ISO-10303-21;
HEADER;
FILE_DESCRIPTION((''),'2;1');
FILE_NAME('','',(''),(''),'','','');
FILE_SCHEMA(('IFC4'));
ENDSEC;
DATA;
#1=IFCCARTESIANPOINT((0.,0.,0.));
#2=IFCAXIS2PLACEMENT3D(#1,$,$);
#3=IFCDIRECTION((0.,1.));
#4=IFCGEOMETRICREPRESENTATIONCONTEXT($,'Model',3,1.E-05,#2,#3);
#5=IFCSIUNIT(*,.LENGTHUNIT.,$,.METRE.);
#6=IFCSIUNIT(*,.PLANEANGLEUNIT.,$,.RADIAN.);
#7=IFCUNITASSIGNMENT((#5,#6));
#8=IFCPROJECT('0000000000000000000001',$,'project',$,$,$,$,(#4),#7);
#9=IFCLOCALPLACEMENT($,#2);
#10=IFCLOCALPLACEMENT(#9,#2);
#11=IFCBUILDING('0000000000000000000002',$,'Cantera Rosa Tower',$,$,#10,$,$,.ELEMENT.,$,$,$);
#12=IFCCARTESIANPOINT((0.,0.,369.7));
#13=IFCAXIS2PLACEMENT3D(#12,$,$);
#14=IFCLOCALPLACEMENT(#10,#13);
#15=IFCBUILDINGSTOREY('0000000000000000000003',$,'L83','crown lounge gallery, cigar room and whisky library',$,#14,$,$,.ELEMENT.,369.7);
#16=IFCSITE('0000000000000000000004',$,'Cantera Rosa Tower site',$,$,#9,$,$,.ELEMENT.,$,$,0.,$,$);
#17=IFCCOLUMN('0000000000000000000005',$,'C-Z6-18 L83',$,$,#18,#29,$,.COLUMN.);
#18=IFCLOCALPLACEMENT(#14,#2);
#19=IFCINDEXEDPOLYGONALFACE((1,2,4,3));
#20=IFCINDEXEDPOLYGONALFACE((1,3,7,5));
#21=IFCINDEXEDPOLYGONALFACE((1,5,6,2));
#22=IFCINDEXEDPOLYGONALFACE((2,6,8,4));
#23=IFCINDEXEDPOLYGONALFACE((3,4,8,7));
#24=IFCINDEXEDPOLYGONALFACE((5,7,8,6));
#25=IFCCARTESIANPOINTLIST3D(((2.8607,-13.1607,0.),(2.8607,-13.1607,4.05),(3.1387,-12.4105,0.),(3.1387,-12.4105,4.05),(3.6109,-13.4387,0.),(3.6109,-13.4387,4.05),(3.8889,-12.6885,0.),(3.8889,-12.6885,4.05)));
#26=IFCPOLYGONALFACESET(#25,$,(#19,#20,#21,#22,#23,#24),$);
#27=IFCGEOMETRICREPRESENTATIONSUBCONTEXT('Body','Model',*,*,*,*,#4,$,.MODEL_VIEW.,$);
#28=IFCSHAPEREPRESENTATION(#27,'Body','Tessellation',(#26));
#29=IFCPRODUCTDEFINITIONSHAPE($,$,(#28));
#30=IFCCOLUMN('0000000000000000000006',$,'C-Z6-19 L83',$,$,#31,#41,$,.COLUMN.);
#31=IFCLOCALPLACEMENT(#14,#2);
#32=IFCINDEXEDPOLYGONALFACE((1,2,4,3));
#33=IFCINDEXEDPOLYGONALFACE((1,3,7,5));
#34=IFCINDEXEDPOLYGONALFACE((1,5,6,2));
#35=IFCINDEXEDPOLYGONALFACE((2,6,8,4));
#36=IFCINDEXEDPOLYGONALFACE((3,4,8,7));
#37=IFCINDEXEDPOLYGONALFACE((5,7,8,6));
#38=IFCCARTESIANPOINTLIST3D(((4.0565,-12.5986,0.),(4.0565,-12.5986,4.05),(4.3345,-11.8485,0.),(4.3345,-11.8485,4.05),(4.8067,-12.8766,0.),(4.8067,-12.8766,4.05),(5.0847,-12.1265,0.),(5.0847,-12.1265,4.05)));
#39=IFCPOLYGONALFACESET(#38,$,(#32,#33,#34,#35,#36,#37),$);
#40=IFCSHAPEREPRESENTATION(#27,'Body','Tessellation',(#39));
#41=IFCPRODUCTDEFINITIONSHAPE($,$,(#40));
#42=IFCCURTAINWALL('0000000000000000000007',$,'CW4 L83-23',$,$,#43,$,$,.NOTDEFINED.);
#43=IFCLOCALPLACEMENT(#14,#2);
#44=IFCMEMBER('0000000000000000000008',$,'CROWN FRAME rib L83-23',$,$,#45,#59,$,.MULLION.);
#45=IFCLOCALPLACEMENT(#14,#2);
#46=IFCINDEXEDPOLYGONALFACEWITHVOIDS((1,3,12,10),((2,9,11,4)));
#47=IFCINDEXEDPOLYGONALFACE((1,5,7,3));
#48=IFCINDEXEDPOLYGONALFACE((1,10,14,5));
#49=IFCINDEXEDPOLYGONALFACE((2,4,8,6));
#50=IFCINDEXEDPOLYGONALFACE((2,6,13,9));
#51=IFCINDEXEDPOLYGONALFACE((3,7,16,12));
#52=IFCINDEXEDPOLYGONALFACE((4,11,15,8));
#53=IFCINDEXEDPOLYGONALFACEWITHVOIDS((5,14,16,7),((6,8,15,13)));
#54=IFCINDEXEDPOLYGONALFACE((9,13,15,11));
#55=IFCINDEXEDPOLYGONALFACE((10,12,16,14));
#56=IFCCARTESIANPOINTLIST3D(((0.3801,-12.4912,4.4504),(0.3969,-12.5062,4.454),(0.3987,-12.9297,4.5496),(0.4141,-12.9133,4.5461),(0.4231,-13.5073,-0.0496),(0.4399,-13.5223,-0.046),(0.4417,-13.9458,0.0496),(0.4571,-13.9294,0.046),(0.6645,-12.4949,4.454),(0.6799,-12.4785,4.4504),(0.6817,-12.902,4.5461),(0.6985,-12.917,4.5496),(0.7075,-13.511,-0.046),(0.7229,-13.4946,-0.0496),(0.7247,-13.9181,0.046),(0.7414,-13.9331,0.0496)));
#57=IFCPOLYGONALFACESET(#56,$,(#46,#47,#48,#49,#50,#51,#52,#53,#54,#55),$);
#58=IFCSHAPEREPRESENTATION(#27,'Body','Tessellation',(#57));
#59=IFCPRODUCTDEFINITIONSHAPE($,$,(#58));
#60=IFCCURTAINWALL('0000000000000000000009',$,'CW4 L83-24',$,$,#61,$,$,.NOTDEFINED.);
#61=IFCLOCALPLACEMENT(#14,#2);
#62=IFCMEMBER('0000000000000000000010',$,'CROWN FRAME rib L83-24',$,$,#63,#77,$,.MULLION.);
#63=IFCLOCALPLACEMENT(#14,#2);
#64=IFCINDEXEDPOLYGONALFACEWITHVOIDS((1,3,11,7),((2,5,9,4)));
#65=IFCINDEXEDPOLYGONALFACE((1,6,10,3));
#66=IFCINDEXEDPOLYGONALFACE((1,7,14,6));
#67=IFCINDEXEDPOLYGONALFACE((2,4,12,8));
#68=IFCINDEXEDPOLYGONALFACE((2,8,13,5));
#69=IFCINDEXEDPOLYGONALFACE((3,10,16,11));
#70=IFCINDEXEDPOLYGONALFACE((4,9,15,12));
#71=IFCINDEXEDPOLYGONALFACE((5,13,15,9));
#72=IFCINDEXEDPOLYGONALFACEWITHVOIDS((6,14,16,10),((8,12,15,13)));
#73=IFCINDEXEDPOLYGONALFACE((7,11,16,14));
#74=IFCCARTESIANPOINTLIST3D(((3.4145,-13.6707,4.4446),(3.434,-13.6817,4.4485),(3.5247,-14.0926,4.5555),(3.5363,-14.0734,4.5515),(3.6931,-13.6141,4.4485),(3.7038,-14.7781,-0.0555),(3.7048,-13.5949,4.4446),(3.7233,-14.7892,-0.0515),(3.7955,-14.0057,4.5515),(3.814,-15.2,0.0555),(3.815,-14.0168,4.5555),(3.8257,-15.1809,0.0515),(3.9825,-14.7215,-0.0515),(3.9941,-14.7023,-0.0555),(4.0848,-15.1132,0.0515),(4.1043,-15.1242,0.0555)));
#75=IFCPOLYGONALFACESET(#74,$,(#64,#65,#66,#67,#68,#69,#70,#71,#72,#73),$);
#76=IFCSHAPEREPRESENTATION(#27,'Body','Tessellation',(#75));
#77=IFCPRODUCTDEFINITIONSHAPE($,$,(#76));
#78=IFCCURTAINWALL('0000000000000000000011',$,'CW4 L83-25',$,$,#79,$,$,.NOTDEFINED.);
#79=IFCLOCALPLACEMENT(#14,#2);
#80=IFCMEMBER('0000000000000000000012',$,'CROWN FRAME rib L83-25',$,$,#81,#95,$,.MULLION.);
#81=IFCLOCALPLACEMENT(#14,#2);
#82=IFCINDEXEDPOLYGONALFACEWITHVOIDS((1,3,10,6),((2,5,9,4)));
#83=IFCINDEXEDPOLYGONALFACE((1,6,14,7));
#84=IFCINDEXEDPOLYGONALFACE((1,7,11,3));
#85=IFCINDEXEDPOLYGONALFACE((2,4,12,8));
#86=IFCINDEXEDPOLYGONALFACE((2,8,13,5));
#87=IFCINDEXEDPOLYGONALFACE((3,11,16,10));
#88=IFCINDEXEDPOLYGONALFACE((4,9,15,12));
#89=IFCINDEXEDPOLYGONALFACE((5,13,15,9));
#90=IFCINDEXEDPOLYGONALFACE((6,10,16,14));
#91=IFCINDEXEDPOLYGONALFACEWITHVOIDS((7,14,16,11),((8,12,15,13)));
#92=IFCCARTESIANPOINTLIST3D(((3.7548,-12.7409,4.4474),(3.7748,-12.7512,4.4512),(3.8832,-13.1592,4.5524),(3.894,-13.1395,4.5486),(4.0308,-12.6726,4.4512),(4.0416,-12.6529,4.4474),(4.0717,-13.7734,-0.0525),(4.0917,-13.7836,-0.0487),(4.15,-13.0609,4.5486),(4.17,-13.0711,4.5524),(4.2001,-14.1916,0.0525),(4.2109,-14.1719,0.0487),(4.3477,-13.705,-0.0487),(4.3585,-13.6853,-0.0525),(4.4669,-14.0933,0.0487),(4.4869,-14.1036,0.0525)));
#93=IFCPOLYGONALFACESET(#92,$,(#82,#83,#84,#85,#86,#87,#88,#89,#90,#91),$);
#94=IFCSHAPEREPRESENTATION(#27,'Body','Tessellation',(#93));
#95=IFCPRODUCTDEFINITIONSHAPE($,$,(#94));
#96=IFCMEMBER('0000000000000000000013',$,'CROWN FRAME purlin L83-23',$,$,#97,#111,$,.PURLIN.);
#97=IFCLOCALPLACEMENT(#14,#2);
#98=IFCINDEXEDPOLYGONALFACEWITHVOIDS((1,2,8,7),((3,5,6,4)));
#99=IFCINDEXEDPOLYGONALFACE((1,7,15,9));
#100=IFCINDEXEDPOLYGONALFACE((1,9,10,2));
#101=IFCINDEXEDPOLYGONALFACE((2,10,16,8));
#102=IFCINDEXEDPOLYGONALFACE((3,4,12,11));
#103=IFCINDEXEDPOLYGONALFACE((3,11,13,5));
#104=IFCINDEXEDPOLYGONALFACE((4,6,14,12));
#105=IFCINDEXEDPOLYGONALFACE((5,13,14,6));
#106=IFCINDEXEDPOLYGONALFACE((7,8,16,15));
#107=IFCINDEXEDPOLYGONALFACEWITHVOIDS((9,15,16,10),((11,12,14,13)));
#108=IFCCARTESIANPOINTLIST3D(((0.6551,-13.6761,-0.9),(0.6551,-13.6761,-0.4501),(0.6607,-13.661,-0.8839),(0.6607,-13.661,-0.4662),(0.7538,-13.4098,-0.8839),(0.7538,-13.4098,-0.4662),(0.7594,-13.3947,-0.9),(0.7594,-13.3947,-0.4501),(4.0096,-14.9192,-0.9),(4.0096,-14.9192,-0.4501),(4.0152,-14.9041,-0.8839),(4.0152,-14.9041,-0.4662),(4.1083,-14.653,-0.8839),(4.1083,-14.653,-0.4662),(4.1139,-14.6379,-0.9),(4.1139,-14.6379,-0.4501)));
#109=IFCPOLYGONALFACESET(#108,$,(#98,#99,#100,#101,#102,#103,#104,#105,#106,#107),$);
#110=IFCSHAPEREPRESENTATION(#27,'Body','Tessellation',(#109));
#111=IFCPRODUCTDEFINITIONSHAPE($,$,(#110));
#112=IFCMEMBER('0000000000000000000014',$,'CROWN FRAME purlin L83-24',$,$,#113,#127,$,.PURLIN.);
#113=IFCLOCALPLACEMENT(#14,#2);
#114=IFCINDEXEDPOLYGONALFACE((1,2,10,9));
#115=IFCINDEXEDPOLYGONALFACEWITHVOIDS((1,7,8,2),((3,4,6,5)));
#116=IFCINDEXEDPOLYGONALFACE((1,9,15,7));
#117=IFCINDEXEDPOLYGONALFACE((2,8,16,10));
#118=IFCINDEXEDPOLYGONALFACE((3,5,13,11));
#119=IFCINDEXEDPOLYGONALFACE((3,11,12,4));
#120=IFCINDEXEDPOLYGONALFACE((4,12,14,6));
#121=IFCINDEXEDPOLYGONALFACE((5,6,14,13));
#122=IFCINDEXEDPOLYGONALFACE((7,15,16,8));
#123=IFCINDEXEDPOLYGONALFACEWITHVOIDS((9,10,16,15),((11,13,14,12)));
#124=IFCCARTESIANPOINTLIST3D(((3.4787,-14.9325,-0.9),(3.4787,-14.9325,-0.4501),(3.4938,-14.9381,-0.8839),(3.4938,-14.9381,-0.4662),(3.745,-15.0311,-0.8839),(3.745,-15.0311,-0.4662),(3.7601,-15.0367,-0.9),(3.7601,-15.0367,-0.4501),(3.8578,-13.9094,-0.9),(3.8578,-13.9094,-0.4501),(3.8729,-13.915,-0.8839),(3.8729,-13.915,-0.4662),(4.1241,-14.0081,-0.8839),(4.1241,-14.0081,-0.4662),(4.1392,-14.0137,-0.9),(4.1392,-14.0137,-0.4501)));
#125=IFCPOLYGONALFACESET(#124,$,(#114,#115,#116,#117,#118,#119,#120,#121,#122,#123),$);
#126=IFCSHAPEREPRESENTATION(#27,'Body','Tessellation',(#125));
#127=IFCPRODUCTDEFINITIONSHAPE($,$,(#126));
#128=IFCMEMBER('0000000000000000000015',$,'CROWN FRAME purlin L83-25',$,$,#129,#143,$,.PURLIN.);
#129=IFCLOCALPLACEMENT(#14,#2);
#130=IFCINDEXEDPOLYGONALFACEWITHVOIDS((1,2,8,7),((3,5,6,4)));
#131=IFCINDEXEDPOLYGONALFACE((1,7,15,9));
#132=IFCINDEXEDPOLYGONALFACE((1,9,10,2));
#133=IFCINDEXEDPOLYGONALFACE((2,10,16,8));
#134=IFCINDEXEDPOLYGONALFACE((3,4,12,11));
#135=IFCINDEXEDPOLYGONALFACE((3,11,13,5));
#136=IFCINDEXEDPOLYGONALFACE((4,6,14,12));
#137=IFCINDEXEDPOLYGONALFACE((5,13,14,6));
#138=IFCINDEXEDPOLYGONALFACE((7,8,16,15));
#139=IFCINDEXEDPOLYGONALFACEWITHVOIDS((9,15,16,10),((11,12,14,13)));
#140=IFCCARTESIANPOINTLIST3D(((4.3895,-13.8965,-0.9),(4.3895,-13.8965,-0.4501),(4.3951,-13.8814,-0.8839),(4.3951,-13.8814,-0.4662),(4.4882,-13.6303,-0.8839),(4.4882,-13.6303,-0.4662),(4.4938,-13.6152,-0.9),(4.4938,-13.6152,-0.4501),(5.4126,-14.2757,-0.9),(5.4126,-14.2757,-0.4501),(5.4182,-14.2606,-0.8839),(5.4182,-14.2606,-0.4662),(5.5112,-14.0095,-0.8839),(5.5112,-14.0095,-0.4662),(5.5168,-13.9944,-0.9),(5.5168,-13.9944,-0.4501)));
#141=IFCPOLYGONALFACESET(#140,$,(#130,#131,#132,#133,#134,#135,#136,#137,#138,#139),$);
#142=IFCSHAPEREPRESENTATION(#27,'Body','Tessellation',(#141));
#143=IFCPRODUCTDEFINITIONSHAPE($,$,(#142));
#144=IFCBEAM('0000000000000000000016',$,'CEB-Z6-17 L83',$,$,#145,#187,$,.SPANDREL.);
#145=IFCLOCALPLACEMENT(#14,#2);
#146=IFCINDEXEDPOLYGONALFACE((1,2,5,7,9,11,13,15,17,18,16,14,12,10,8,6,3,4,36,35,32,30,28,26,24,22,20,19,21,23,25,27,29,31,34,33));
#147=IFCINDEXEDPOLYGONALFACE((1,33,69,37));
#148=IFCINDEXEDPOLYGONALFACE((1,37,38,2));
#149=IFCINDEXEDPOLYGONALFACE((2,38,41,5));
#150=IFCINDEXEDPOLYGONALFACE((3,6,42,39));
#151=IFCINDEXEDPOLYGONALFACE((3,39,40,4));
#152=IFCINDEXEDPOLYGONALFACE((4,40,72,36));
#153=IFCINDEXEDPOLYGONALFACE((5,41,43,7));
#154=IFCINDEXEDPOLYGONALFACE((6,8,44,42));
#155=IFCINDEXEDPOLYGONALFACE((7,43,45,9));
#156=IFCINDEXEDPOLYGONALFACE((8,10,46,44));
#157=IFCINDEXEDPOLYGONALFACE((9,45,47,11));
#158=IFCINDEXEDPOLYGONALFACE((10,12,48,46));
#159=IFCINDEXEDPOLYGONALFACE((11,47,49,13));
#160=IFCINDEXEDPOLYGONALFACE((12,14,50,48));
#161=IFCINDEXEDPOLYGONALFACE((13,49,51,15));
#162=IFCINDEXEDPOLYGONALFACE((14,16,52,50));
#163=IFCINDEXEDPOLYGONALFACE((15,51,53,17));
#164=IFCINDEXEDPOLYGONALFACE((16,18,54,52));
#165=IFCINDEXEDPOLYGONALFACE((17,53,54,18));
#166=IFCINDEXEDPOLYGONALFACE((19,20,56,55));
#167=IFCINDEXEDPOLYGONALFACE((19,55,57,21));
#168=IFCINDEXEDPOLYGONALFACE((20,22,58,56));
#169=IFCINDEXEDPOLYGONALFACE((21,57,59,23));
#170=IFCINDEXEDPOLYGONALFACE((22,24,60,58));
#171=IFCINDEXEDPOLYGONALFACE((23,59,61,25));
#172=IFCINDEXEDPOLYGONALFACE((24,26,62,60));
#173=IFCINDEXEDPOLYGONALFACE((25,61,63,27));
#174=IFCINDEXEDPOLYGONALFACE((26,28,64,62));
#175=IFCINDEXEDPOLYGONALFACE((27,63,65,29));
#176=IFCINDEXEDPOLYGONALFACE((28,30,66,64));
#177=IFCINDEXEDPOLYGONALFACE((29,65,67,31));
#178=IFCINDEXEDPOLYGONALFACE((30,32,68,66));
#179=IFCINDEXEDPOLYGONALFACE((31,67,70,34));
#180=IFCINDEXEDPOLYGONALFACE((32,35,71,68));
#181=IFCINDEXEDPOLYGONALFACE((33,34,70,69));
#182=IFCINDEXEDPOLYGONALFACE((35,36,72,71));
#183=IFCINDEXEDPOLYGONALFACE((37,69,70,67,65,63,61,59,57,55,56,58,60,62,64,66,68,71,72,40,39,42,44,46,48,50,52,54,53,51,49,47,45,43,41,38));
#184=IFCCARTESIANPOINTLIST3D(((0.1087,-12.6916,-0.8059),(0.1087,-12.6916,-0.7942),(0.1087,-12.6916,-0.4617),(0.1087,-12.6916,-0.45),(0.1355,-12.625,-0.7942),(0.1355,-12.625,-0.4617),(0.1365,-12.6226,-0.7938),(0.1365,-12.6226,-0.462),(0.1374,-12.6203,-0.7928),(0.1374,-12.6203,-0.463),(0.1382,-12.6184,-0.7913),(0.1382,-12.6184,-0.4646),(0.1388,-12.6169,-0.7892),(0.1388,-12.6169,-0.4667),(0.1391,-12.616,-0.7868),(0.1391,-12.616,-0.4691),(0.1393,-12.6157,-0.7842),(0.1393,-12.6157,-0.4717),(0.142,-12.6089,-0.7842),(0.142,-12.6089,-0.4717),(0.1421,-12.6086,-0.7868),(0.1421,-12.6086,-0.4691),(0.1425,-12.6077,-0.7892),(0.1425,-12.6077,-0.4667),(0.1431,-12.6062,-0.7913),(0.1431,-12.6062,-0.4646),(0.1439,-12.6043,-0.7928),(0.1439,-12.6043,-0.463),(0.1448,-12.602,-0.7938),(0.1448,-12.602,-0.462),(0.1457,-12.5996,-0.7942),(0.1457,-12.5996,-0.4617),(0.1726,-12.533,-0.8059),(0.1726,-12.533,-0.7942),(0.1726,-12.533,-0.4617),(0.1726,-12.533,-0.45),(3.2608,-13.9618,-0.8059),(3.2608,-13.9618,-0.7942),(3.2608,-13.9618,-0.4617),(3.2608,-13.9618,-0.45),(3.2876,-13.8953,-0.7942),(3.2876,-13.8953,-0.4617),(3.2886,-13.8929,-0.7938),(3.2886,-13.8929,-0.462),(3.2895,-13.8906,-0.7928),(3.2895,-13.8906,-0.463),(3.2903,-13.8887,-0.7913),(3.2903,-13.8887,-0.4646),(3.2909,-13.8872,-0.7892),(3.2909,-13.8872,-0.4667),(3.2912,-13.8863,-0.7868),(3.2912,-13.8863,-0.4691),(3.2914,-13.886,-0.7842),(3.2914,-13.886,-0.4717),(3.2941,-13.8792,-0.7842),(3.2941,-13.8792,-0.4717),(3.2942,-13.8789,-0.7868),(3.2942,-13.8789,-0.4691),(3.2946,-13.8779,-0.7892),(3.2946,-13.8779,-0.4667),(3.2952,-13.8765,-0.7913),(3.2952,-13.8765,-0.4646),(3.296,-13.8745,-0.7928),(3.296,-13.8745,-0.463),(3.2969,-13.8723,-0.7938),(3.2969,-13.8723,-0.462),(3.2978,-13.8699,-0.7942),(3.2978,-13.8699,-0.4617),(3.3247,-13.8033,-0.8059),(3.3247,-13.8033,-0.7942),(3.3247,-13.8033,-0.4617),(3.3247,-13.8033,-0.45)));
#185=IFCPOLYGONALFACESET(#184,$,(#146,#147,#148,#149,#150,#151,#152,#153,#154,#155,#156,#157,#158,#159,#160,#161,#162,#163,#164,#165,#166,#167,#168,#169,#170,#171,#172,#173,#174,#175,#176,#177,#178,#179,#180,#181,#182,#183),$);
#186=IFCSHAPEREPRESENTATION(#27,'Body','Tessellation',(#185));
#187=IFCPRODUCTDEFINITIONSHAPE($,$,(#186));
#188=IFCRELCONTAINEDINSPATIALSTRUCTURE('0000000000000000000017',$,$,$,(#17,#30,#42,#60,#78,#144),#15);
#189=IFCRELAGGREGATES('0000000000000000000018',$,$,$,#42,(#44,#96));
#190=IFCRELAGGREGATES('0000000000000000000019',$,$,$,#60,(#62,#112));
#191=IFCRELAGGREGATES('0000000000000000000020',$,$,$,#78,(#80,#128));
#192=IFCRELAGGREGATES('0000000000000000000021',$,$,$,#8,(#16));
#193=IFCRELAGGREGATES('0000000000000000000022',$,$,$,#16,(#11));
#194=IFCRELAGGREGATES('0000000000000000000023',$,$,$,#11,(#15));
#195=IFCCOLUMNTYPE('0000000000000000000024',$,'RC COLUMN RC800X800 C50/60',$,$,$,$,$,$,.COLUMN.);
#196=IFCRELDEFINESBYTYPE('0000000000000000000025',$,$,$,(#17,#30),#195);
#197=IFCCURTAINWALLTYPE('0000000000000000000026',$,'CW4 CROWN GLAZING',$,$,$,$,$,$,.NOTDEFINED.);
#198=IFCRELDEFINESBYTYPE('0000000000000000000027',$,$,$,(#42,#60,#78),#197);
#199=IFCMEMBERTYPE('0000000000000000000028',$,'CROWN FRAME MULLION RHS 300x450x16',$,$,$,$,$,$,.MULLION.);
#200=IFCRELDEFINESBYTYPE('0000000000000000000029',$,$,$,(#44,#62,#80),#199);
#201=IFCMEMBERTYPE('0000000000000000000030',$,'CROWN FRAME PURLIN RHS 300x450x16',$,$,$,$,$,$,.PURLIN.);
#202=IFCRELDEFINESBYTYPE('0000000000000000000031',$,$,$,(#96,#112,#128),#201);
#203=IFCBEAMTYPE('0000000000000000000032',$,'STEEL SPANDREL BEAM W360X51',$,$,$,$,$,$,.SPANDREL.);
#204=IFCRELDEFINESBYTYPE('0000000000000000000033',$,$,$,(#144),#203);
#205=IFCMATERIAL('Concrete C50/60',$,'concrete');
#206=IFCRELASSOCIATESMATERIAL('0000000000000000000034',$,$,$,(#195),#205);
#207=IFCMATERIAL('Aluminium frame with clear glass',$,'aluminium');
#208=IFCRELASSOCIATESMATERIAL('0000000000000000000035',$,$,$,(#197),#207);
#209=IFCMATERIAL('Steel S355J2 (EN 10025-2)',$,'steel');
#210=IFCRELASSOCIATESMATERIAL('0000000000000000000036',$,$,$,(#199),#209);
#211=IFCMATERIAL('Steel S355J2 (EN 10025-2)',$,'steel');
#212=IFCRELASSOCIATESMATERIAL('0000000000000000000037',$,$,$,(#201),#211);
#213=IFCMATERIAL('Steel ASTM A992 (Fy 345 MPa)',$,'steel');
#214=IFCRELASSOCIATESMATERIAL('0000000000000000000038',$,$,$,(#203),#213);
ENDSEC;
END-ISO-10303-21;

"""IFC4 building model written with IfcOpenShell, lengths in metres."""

from ifc_helpers import new_model, si_unit, direction, frame, origin, origin_2d, place, context, subcontext, project, spatial, rectangle, hollow_rectangle, i_section, extrude, material, material_profile, profile_set, type_object, element, aggregate, save


model = new_model("IFC4")

# Units and contexts
model_context = context("Model", 3, precision=1e-05, world=origin(), true_north=direction((0.0, 1.0)))
body_context = subcontext(model_context, "Body", "Model", "MODEL_VIEW")
ifc_project = project(units=[si_unit("LENGTHUNIT", "METRE"), si_unit("PLANEANGLEUNIT", "RADIAN")], contexts=[model_context])

# Site, building, storey
site_placement = place(None, origin())
site = spatial("IfcSite", under=ifc_project, at=site_placement, Name="Cantera Rosa Tower site", CompositionType="ELEMENT", RefElevation=0.0)
building_placement = place(site_placement, origin())
building = spatial("IfcBuilding", under=site, at=building_placement, Name="Cantera Rosa Tower", CompositionType="ELEMENT")
storey_placement = place(building_placement, frame((0.0, 0.0, 369.7)))
storey = spatial("IfcBuildingStorey", under=building, at=storey_placement, Name="L83", Description="crown lounge gallery, cigar room and whisky library", CompositionType="ELEMENT", Elevation=369.7)

# Columns
ifc_material_1 = material(Name="Concrete C50/60", Category="concrete")
ifc_material_profile_1 = material_profile(ifc_material_1, rectangle(XDim=0.8, YDim=0.8, at=origin_2d()), Name="RC COLUMN RC800X800 C50/60")
ifc_profile_set_1 = profile_set([ifc_material_profile_1], Name="Concrete C50/60")
column_type = type_object("IfcColumnType", Name="RC COLUMN RC800X800 C50/60", PredefinedType="COLUMN", material=ifc_profile_set_1)
for number, where, z_axis, x_axis, name in (
    (1, (3.3748, -12.9246, 0.0), (0.0, 0.0, 1.0), (0.347481, 0.937687, 0.0), "C-Z6-18 L83"),
    (2, (4.5706, -12.3625, 0.0), (0.0, 0.0, 1.0), (0.347481, 0.937687, 0.0), "C-Z6-19 L83"),
):
    element("IfcColumn", number, at=place(storey_placement, frame(where, z_axis=z_axis, x_axis=x_axis)), inside=storey, type_object=column_type, Name=name, PredefinedType="COLUMN", context=body_context, shape_type="SweptSolid", body=[
        extrude(rectangle(XDim=0.8, YDim=0.8, at=origin_2d()), origin(), (0.0, 0.0, 1.0), 4.05),
    ])

# Curtain walls, members
ifc_material_2 = material(Name="Aluminium frame with clear glass", Category="aluminium")
curtain_wall_type = type_object("IfcCurtainWallType", Name="CW4 CROWN GLAZING", PredefinedType="NOTDEFINED", material=ifc_material_2)
curtain_wall_1_placement = place(storey_placement, origin())
curtain_wall_1 = element("IfcCurtainWall", 3, at=curtain_wall_1_placement, inside=storey, type_object=curtain_wall_type, Name="CW4 L83-23", PredefinedType="NOTDEFINED")
ifc_material_3 = material(Name="Steel S355J2 (EN 10025-2)", Category="steel")
ifc_material_profile_2 = material_profile(ifc_material_3, hollow_rectangle(XDim=0.3, YDim=0.45, WallThickness=0.0161, at=origin_2d()), Name="CROWN FRAME MULLION RHS 300x450x16")
ifc_profile_set_2 = profile_set([ifc_material_profile_2], Name="Steel S355J2 (EN 10025-2)")
member_type_1 = type_object("IfcMemberType", Name="CROWN FRAME MULLION RHS 300x450x16", PredefinedType="MULLION", material=ifc_profile_set_2)
member_1_placement = place(storey_placement, frame((0.5823, -13.7202, 0.0), z_axis=(-0.009314, 0.220248, 0.975399), x_axis=(-0.999107, -0.04225, 0.0)))
member_1 = element("IfcMember", 4, at=member_1_placement, type_object=member_type_1, Name="CROWN FRAME rib L83-23", PredefinedType="MULLION", context=body_context, shape_type="SweptSolid", body=[
    extrude(hollow_rectangle(XDim=0.3, YDim=0.45, WallThickness=0.0161, at=origin_2d()), origin(), (0.0, 0.0, 1.0), 4.6135),
])
curtain_wall_2_placement = place(storey_placement, origin())
curtain_wall_2 = element("IfcCurtainWall", 5, at=curtain_wall_2_placement, inside=storey, type_object=curtain_wall_type, Name="CW4 L83-24", PredefinedType="NOTDEFINED")
member_2_placement = place(storey_placement, frame((3.9041, -14.9512, 0.0), z_axis=(-0.062306, 0.2385, 0.969142), x_axis=(-0.967529, -0.252761, 0.0)))
member_2 = element("IfcMember", 6, at=member_2_placement, type_object=member_type_1, Name="CROWN FRAME rib L83-24", PredefinedType="MULLION", context=body_context, shape_type="SweptSolid", body=[
    extrude(hollow_rectangle(XDim=0.3, YDim=0.45, WallThickness=0.0161, at=origin_2d()), origin(), (0.0, 0.0, 1.0), 4.6433),
])
curtain_wall_3_placement = place(storey_placement, origin())
curtain_wall_3 = element("IfcCurtainWall", 7, at=curtain_wall_3_placement, inside=storey, type_object=curtain_wall_type, Name="CW4 L83-25", PredefinedType="NOTDEFINED")
member_3_placement = place(storey_placement, frame((4.2793, -13.9385, 0.0), z_axis=(-0.068476, 0.223102, 0.972387), x_axis=(-0.955984, -0.293419, 0.0)))
member_3 = element("IfcMember", 8, at=member_3_placement, type_object=member_type_1, Name="CROWN FRAME rib L83-25", PredefinedType="MULLION", context=body_context, shape_type="SweptSolid", body=[
    extrude(hollow_rectangle(XDim=0.3, YDim=0.45, WallThickness=0.0161, at=origin_2d()), origin(), (0.0, 0.0, 1.0), 4.6277),
])

# Members
ifc_material_4 = material(Name="Steel S355J2 (EN 10025-2)", Category="steel")
ifc_material_profile_3 = material_profile(ifc_material_4, hollow_rectangle(XDim=0.3, YDim=0.45, WallThickness=0.0161, at=origin_2d()), Name="CROWN FRAME PURLIN RHS 300x450x16")
ifc_profile_set_3 = profile_set([ifc_material_profile_3], Name="Steel S355J2 (EN 10025-2)")
member_type_2 = type_object("IfcMemberType", Name="CROWN FRAME PURLIN RHS 300x450x16", PredefinedType="PURLIN", material=ifc_profile_set_3)
member_4_placement = place(storey_placement, frame((0.7073, -13.5354, -0.675), z_axis=(0.93768, -0.347501, 0.0), x_axis=(0.347501, 0.93768, 0.0)))
member_4 = element("IfcMember", 9, at=member_4_placement, type_object=member_type_2, Name="CROWN FRAME purlin L83-23", PredefinedType="PURLIN", context=body_context, shape_type="SweptSolid", body=[
    extrude(hollow_rectangle(XDim=0.3, YDim=0.45, WallThickness=0.0161, at=origin_2d()), origin(), (0.0, 0.0, 1.0), 3.5774),
])
member_5_placement = place(storey_placement, frame((3.6194, -14.9846, -0.675), z_axis=(0.347467, 0.937692, 0.0), x_axis=(-0.937692, 0.347467, 0.0)))
member_5 = element("IfcMember", 10, at=member_5_placement, type_object=member_type_2, Name="CROWN FRAME purlin L83-24", PredefinedType="PURLIN", context=body_context, shape_type="SweptSolid", body=[
    extrude(hollow_rectangle(XDim=0.3, YDim=0.45, WallThickness=0.0161, at=origin_2d()), origin(), (0.0, 0.0, 1.0), 1.0911),
])
member_6_placement = place(storey_placement, frame((4.4417, -13.7559, -0.675), z_axis=(0.937665, -0.34754, 0.0), x_axis=(0.34754, 0.937665, 0.0)))
member_6 = element("IfcMember", 11, at=member_6_placement, type_object=member_type_2, Name="CROWN FRAME purlin L83-25", PredefinedType="PURLIN", context=body_context, shape_type="SweptSolid", body=[
    extrude(hollow_rectangle(XDim=0.3, YDim=0.45, WallThickness=0.0161, at=origin_2d()), origin(), (0.0, 0.0, 1.0), 1.0911),
])

# Beam
ifc_material_5 = material(Name="Steel ASTM A992 (Fy 345 MPa)", Category="steel")
ifc_material_profile_4 = material_profile(ifc_material_5, i_section(OverallWidth=0.1709, OverallDepth=0.356, WebThickness=0.0073, FlangeThickness=0.0117, FilletRadius=0.01, at=origin_2d()), Name="W360X51")
ifc_profile_set_4 = profile_set([ifc_material_profile_4], Name="Steel ASTM A992 (Fy 345 MPa)")
beam_type = type_object("IfcBeamType", Name="STEEL SPANDREL BEAM W360X51", PredefinedType="SPANDREL", material=ifc_profile_set_4)
beam_1_placement = place(storey_placement, frame((0.1406, -12.6123, -0.6279), z_axis=(0.927517, -0.37378, 0.0), x_axis=(0.37378, 0.927517, 0.0)))
element("IfcBeam", 12, at=beam_1_placement, inside=storey, type_object=beam_type, Name="CEB-Z6-17 L83", PredefinedType="SPANDREL", context=body_context, shape_type="SweptSolid", body=[
    extrude(i_section(OverallWidth=0.1709, OverallDepth=0.356, WebThickness=0.0073, FlangeThickness=0.0117, FilletRadius=0.01, at=origin_2d()), origin(), (0.0, 0.0, 1.0), 3.3984),
])

aggregate(curtain_wall_1, [member_1, member_4])
aggregate(curtain_wall_2, [member_2, member_5])
aggregate(curtain_wall_3, [member_3, member_6])

save(model, "model.ifc")
